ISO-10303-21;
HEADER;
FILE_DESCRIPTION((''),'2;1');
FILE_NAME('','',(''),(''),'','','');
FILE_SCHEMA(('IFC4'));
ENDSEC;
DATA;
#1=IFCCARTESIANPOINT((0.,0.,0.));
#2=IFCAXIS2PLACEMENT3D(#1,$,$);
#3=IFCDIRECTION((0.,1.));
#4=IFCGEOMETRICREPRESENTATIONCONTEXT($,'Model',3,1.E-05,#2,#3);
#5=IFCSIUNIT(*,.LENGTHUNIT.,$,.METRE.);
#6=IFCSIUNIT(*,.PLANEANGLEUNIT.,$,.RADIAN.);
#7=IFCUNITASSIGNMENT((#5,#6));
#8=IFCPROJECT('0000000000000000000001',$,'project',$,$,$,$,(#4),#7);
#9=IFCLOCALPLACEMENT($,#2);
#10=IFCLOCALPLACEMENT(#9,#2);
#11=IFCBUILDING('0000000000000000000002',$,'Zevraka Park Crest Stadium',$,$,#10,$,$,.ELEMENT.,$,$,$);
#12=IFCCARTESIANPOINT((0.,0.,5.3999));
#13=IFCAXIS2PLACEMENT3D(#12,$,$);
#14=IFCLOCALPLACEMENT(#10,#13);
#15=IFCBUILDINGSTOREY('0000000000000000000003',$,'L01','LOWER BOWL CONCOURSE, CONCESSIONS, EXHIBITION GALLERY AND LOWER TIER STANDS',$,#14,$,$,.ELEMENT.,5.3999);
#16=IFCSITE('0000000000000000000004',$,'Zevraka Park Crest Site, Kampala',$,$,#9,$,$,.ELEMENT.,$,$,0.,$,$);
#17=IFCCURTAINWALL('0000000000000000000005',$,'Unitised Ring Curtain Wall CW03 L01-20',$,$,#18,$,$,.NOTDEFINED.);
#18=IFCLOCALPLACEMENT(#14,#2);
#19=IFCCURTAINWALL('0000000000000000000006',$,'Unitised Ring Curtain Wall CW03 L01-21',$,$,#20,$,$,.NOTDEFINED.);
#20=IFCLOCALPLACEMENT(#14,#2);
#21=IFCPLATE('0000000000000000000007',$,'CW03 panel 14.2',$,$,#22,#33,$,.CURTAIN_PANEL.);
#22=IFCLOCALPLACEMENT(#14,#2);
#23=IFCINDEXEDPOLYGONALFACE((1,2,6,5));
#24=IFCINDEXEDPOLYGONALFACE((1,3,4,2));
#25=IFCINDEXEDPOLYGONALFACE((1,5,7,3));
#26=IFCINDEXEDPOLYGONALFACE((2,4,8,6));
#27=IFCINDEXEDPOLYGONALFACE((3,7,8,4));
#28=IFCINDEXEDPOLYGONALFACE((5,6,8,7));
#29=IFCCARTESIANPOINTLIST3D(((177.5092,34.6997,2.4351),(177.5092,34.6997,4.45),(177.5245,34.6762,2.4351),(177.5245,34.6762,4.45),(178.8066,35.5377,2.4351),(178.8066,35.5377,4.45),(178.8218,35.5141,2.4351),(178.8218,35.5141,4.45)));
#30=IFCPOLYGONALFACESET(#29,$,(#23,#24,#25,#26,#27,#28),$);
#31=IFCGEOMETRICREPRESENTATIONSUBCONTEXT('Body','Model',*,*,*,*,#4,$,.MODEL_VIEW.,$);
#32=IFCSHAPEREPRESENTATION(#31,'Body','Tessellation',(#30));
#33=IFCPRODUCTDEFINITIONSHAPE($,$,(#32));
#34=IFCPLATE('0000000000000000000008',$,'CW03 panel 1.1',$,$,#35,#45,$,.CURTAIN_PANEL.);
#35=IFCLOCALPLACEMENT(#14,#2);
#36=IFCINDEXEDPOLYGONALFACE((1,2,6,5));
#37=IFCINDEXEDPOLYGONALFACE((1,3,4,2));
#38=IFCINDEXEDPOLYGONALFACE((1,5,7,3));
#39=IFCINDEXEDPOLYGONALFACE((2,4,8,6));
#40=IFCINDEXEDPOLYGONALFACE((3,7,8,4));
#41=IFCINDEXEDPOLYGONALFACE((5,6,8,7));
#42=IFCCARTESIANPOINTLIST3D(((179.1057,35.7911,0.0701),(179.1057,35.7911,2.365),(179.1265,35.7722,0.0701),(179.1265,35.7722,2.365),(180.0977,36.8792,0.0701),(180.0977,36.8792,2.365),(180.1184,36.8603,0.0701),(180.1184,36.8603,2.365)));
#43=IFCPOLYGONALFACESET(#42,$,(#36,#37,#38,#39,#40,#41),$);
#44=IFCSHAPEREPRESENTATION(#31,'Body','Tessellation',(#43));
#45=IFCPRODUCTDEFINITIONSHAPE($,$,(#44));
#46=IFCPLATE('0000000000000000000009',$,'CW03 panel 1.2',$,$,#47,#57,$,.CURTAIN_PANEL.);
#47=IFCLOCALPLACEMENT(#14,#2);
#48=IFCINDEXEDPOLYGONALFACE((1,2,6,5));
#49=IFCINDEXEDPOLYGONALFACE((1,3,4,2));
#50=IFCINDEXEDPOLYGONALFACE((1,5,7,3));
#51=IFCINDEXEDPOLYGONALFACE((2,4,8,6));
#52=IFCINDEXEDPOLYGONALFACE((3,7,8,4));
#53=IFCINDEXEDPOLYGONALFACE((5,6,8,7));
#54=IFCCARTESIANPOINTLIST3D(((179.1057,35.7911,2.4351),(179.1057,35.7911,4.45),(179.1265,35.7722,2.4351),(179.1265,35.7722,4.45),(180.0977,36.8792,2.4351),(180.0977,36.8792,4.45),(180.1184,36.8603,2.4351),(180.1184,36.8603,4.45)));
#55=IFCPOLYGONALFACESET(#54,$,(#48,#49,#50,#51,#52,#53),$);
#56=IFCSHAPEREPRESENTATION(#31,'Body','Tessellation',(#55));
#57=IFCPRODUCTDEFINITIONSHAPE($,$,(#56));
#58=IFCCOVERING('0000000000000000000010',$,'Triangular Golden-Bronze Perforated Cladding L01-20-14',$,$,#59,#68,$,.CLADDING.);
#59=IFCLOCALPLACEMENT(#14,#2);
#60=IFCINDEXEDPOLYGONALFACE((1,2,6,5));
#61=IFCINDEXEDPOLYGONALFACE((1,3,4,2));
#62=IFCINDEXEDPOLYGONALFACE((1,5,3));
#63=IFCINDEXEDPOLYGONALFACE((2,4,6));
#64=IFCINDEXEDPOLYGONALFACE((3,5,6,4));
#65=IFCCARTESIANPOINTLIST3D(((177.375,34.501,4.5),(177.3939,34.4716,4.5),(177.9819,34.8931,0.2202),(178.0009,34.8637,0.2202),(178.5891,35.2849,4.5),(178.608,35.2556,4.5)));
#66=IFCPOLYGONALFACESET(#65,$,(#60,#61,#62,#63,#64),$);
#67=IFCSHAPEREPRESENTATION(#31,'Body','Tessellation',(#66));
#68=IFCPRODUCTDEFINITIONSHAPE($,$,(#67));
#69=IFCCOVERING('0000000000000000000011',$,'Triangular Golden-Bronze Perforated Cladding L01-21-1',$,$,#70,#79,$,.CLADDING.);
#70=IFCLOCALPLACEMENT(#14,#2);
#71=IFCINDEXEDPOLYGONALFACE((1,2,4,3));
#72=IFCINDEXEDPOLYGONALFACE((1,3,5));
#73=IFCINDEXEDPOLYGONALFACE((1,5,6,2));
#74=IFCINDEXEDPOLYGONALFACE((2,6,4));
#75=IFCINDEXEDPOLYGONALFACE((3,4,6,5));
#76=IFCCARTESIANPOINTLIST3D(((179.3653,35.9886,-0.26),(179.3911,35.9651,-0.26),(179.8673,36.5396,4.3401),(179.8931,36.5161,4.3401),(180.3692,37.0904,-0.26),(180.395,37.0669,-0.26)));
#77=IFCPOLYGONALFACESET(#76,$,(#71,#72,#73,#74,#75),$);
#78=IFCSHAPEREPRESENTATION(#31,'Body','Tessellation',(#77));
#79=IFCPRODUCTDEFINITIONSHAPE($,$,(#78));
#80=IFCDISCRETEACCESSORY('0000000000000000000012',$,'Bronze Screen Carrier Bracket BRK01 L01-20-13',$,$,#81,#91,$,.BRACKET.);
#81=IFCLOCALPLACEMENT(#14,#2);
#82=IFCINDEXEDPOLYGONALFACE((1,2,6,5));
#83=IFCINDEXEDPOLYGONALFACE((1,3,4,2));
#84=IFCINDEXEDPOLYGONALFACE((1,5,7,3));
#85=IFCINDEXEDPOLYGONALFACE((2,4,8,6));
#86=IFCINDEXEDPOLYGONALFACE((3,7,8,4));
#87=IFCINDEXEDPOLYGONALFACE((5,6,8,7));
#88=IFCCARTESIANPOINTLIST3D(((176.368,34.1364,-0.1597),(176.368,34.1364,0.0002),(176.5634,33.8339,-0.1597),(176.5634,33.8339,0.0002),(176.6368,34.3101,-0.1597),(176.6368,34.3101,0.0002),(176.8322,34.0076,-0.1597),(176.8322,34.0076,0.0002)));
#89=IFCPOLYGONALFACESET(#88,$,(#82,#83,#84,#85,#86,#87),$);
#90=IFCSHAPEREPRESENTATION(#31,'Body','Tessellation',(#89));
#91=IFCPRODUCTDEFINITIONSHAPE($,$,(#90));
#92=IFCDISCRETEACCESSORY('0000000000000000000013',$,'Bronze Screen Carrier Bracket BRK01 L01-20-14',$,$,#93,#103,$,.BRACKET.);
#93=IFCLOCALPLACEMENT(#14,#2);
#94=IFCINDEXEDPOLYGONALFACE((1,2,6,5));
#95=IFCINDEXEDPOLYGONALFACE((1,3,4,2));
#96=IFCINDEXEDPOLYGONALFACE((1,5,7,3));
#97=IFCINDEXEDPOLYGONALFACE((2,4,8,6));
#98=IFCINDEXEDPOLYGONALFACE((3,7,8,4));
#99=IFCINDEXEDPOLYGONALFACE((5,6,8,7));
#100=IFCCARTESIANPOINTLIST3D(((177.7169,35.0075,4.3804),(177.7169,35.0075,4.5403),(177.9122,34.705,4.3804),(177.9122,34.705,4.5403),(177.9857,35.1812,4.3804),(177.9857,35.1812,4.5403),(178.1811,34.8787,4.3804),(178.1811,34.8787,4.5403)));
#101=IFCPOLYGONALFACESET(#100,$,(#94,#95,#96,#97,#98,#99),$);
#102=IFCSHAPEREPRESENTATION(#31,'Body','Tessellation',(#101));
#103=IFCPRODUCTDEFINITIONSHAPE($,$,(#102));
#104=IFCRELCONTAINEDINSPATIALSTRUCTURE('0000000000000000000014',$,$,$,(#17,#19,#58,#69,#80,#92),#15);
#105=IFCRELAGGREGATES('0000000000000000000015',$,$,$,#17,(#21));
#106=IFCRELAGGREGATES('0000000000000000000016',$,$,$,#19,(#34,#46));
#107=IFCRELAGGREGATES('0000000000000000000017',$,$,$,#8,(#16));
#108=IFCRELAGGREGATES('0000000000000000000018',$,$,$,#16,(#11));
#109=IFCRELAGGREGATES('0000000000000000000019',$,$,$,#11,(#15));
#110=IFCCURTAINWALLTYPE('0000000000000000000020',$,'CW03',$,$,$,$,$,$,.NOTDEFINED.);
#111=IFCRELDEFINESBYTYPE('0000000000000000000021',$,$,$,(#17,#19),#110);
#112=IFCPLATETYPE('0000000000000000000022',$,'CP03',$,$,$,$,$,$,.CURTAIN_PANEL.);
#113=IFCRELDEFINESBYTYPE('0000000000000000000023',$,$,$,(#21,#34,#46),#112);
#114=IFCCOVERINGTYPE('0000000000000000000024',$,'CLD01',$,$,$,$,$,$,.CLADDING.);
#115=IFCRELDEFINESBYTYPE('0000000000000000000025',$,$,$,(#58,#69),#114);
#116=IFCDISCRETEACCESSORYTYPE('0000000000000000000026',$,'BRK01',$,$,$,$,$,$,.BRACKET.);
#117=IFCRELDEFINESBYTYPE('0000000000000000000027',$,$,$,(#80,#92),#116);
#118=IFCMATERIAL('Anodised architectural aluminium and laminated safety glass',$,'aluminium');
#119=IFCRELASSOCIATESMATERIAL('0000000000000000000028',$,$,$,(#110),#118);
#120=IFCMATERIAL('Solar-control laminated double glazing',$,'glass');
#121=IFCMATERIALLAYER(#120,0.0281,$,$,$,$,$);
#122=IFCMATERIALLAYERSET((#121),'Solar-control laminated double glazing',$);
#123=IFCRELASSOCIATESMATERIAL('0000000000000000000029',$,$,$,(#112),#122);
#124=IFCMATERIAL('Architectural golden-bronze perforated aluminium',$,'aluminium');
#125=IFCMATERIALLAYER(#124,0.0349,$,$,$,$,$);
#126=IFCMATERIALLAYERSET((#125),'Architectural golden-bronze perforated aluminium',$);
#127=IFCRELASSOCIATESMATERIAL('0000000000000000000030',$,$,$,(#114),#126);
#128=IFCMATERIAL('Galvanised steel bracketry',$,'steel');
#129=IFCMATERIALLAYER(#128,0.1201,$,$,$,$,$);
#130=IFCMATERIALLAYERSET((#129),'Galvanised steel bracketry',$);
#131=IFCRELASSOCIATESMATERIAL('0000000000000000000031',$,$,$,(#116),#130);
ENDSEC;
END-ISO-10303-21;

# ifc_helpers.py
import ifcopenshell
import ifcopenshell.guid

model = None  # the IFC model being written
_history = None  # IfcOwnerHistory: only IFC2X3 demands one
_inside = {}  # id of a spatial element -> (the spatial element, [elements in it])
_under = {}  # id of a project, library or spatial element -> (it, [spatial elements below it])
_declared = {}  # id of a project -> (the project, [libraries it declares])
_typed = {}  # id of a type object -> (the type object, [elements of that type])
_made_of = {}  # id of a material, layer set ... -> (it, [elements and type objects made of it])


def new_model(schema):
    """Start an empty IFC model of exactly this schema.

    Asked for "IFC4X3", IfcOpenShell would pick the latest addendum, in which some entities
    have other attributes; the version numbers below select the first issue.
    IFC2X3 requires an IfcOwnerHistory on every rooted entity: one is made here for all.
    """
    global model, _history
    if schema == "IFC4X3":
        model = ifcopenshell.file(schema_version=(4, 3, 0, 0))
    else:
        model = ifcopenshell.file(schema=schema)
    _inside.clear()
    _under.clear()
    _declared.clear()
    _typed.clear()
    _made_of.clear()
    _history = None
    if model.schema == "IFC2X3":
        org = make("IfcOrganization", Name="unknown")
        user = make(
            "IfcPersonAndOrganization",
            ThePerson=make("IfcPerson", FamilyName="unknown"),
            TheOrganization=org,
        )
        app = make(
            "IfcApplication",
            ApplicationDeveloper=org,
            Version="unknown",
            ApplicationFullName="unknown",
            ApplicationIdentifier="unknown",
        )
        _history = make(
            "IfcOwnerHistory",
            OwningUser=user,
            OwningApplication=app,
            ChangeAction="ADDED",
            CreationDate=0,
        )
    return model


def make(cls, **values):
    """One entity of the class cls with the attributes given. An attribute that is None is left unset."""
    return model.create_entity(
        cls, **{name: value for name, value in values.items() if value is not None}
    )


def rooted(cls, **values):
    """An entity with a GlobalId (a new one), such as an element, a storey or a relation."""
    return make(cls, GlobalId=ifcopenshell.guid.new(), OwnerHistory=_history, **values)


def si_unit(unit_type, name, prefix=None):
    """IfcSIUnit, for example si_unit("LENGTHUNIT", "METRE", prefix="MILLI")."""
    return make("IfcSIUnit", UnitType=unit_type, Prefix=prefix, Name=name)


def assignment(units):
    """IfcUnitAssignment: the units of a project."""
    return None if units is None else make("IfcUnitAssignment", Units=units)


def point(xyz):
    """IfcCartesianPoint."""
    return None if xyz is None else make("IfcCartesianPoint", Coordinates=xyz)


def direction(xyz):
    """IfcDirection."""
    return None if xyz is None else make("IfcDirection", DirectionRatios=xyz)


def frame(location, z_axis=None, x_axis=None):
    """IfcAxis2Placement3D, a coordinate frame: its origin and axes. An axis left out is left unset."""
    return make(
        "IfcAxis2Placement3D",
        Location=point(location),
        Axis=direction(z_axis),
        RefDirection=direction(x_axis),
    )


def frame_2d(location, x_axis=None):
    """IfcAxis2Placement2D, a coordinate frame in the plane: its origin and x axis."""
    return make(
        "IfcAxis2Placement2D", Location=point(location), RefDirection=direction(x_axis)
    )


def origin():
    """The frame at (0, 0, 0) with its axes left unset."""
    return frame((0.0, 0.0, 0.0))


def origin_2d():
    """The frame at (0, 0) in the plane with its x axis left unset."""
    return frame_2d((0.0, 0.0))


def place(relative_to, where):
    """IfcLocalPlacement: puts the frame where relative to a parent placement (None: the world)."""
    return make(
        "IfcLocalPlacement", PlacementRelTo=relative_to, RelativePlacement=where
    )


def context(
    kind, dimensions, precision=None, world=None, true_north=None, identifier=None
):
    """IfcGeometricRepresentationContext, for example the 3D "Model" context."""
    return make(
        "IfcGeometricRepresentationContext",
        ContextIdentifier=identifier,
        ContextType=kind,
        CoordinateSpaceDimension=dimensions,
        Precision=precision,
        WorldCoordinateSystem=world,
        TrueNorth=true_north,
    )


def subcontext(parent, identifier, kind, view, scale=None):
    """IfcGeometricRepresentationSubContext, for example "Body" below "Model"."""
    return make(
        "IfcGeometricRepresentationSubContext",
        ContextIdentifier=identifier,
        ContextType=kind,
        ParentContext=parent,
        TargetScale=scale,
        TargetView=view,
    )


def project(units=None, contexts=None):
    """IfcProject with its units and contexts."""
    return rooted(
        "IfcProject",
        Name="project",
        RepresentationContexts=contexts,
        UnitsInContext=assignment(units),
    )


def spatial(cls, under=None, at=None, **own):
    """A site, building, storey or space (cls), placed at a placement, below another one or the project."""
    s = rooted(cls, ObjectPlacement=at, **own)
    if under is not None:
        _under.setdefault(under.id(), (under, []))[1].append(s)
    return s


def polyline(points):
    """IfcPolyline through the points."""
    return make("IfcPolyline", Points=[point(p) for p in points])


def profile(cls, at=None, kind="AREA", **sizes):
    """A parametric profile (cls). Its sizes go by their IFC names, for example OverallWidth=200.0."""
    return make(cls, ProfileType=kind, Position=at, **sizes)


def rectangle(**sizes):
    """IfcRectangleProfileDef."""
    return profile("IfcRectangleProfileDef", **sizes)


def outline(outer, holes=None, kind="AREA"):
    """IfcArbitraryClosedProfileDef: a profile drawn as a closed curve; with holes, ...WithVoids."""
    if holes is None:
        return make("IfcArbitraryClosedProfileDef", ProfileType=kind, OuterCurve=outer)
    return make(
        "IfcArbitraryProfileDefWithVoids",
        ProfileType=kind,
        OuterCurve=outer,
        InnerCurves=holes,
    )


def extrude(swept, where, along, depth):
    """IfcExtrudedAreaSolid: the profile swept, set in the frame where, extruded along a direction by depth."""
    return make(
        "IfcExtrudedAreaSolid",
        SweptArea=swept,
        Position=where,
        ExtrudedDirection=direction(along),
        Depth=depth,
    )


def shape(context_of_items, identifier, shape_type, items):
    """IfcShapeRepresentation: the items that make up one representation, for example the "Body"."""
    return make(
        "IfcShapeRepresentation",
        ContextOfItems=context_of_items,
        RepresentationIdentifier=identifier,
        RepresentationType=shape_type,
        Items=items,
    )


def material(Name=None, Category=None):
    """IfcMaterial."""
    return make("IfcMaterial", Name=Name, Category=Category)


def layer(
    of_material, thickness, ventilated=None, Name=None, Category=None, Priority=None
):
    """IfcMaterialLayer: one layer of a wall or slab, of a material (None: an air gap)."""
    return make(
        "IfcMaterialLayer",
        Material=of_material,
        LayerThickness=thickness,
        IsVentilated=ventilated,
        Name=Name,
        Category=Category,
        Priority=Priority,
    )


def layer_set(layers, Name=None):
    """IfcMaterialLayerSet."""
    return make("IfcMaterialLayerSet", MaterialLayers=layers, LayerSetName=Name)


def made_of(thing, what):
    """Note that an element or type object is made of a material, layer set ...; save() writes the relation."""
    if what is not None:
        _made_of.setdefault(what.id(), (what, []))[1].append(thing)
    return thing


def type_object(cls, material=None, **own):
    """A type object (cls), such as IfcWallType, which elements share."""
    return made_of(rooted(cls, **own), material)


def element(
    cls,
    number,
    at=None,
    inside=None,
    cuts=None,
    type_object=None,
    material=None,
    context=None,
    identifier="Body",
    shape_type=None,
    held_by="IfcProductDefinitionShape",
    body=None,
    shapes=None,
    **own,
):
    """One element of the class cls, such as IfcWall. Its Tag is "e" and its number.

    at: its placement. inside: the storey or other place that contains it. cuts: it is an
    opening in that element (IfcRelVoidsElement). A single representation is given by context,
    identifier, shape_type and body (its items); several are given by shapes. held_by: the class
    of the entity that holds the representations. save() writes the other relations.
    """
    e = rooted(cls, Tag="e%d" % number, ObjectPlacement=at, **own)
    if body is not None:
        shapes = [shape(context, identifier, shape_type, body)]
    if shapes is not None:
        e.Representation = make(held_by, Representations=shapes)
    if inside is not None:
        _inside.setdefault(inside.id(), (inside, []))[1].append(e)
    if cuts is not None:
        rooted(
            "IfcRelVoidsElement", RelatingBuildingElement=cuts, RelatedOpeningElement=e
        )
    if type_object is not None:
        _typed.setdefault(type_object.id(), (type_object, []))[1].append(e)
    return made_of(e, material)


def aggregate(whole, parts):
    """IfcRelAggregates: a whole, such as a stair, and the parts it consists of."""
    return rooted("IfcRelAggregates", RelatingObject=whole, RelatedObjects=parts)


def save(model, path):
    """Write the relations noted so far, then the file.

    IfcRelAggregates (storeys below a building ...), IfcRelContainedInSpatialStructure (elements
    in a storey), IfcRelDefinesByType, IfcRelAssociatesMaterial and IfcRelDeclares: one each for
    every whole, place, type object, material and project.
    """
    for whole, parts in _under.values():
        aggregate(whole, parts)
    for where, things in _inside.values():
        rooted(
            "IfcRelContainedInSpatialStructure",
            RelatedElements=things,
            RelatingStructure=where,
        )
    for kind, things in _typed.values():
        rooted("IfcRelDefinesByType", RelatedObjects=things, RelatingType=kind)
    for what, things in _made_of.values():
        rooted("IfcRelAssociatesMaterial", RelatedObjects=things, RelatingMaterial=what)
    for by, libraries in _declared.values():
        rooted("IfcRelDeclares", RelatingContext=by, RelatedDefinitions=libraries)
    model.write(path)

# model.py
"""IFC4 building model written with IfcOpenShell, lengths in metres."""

from ifc_helpers import new_model, si_unit, direction, frame, origin, origin_2d, place, context, subcontext, project, spatial, polyline, rectangle, outline, extrude, material, layer, layer_set, type_object, element, aggregate, save


model = new_model("IFC4")

# Units and contexts
model_context = context("Model", 3, precision=1e-05, world=origin(), true_north=direction((0.0, 1.0)))
body_context = subcontext(model_context, "Body", "Model", "MODEL_VIEW")
ifc_project = project(units=[si_unit("LENGTHUNIT", "METRE"), si_unit("PLANEANGLEUNIT", "RADIAN")], contexts=[model_context])

# Site, building, storey
site_placement = place(None, origin())
site = spatial("IfcSite", under=ifc_project, at=site_placement, Name="Zevraka Park Crest Site, Kampala", CompositionType="ELEMENT", RefElevation=0.0)
building_placement = place(site_placement, origin())
building = spatial("IfcBuilding", under=site, at=building_placement, Name="Zevraka Park Crest Stadium", CompositionType="ELEMENT")
storey_placement = place(building_placement, frame((0.0, 0.0, 5.3999)))
storey = spatial("IfcBuildingStorey", under=building, at=storey_placement, Name="L01", Description="LOWER BOWL CONCOURSE, CONCESSIONS, EXHIBITION GALLERY AND LOWER TIER STANDS", CompositionType="ELEMENT", Elevation=5.3999)

# Curtain wall
ifc_material_1 = material(Name="Anodised architectural aluminium and laminated safety glass", Category="aluminium")
curtain_wall_type = type_object("IfcCurtainWallType", Name="CW03", PredefinedType="NOTDEFINED", material=ifc_material_1)
curtain_wall_1_placement = place(storey_placement, origin())
curtain_wall_1 = element("IfcCurtainWall", 1, at=curtain_wall_1_placement, inside=storey, type_object=curtain_wall_type, Name="Unitised Ring Curtain Wall CW03 L01-20", PredefinedType="NOTDEFINED")

# Curtain wall
curtain_wall_2_placement = place(storey_placement, origin())
curtain_wall_2 = element("IfcCurtainWall", 2, at=curtain_wall_2_placement, inside=storey, type_object=curtain_wall_type, Name="Unitised Ring Curtain Wall CW03 L01-21", PredefinedType="NOTDEFINED")

# Plates
ifc_material_2 = material(Name="Solar-control laminated double glazing", Category="glass")
ifc_layer_1 = layer(ifc_material_2, 0.0281)
ifc_layer_set_1 = layer_set([ifc_layer_1], Name="Solar-control laminated double glazing")
plate_type = type_object("IfcPlateType", Name="CP03", PredefinedType="CURTAIN_PANEL", material=ifc_layer_set_1)
plate_1_placement = place(storey_placement, frame((178.1655, 35.1069, 2.4351), z_axis=(0.0, 0.0, 1.0), x_axis=(0.84001, 0.542571, 0.0)))
plate_1 = element("IfcPlate", 3, at=plate_1_placement, type_object=plate_type, Name="CW03 panel 14.2", PredefinedType="CURTAIN_PANEL", context=body_context, shape_type="SweptSolid", body=[
    extrude(rectangle(XDim=1.5444, YDim=0.0281, at=origin_2d()), origin(), (0.0, 0.0, 1.0), 2.0149),
])
aggregate(curtain_wall_1, [plate_1])
plate_2_placement = place(storey_placement, frame((179.6121, 36.3257, 0.0701), z_axis=(0.0, 0.0, 1.0), x_axis=(0.67368, 0.739023, 0.0)))
plate_2 = element("IfcPlate", 4, at=plate_2_placement, type_object=plate_type, Name="CW03 panel 1.1", PredefinedType="CURTAIN_PANEL", context=body_context, shape_type="SweptSolid", body=[
    extrude(rectangle(XDim=1.4724, YDim=0.0281, at=origin_2d()), origin(), (0.0, 0.0, 1.0), 2.2949),
])
plate_3_placement = place(storey_placement, frame((179.6121, 36.3257, 2.4351), z_axis=(0.0, 0.0, 1.0), x_axis=(0.67368, 0.739023, 0.0)))
plate_3 = element("IfcPlate", 5, at=plate_3_placement, type_object=plate_type, Name="CW03 panel 1.2", PredefinedType="CURTAIN_PANEL", context=body_context, shape_type="SweptSolid", body=[
    extrude(rectangle(XDim=1.4724, YDim=0.0281, at=origin_2d()), origin(), (0.0, 0.0, 1.0), 2.0149),
])
aggregate(curtain_wall_2, [plate_2, plate_3])

# Coverings
ifc_material_3 = material(Name="Architectural golden-bronze perforated aluminium", Category="aluminium")
ifc_layer_2 = layer(ifc_material_3, 0.0349)
ifc_layer_set_2 = layer_set([ifc_layer_2], Name="Architectural golden-bronze perforated aluminium")
covering_type = type_object("IfcCoveringType", Name="CLD01", PredefinedType="CLADDING", material=ifc_layer_set_2)
covering_1_placement = place(storey_placement, frame((178.5891, 35.2849, 4.5), z_axis=(-0.542439, 0.840096, 0.000039), x_axis=(-0.840096, -0.542439, 0.0)))
element("IfcCovering", 6, at=covering_1_placement, inside=storey, type_object=covering_type, Name="Triangular Golden-Bronze Perforated Cladding L01-20-14", PredefinedType="CLADDING", context=body_context, shape_type="SweptSolid", body=[
    extrude(outline(polyline([(0.0, 0.0), (1.4452, 0.0), (0.7226, -4.2798), (0.0, 0.0)])), origin(), (0.0, 0.0, -1.0), 0.0349),
])
covering_2_placement = place(storey_placement, frame((179.3911, 35.9651, -0.26), z_axis=(0.739184, -0.673504, 0.000018), x_axis=(0.673504, 0.739184, 0.0)))
element("IfcCovering", 7, at=covering_2_placement, inside=storey, type_object=covering_type, Name="Triangular Golden-Bronze Perforated Cladding L01-21-1", PredefinedType="CLADDING", context=body_context, shape_type="SweptSolid", body=[
    extrude(outline(polyline([(0.0, 0.0), (1.4906, 0.0), (0.7454, 4.6001), (0.0, 0.0)])), origin(), (0.0, 0.0, -1.0), 0.0349),
])

# Discrete accessories
ifc_material_4 = material(Name="Galvanised steel bracketry", Category="steel")
ifc_layer_3 = layer(ifc_material_4, 0.1201)
ifc_layer_set_3 = layer_set([ifc_layer_3], Name="Galvanised steel bracketry")
discrete_accessory_type = type_object("IfcDiscreteAccessoryType", Name="BRK01", PredefinedType="BRACKET", material=ifc_layer_set_3)
for number, where, z_axis, x_axis, name in (
    (8, (176.6001, 34.072, -0.1597), (0.0, 0.0, 1.0), (0.839999, 0.542588, 0.0), "Bronze Screen Carrier Bracket BRK01 L01-20-13"),
    (9, (177.949, 34.9431, 4.3804), (0.0, 0.0, 1.0), (0.839999, 0.542588, 0.0), "Bronze Screen Carrier Bracket BRK01 L01-20-14"),
):
    element("IfcDiscreteAccessory", number, at=place(storey_placement, frame(where, z_axis=z_axis, x_axis=x_axis)), inside=storey, type_object=discrete_accessory_type, Name=name, PredefinedType="BRACKET", context=body_context, shape_type="SweptSolid", body=[
        extrude(rectangle(XDim=0.3201, YDim=0.3601, at=origin_2d()), origin(), (0.0, 0.0, 1.0), 0.1599),
    ])

save(model, "model.ifc")
